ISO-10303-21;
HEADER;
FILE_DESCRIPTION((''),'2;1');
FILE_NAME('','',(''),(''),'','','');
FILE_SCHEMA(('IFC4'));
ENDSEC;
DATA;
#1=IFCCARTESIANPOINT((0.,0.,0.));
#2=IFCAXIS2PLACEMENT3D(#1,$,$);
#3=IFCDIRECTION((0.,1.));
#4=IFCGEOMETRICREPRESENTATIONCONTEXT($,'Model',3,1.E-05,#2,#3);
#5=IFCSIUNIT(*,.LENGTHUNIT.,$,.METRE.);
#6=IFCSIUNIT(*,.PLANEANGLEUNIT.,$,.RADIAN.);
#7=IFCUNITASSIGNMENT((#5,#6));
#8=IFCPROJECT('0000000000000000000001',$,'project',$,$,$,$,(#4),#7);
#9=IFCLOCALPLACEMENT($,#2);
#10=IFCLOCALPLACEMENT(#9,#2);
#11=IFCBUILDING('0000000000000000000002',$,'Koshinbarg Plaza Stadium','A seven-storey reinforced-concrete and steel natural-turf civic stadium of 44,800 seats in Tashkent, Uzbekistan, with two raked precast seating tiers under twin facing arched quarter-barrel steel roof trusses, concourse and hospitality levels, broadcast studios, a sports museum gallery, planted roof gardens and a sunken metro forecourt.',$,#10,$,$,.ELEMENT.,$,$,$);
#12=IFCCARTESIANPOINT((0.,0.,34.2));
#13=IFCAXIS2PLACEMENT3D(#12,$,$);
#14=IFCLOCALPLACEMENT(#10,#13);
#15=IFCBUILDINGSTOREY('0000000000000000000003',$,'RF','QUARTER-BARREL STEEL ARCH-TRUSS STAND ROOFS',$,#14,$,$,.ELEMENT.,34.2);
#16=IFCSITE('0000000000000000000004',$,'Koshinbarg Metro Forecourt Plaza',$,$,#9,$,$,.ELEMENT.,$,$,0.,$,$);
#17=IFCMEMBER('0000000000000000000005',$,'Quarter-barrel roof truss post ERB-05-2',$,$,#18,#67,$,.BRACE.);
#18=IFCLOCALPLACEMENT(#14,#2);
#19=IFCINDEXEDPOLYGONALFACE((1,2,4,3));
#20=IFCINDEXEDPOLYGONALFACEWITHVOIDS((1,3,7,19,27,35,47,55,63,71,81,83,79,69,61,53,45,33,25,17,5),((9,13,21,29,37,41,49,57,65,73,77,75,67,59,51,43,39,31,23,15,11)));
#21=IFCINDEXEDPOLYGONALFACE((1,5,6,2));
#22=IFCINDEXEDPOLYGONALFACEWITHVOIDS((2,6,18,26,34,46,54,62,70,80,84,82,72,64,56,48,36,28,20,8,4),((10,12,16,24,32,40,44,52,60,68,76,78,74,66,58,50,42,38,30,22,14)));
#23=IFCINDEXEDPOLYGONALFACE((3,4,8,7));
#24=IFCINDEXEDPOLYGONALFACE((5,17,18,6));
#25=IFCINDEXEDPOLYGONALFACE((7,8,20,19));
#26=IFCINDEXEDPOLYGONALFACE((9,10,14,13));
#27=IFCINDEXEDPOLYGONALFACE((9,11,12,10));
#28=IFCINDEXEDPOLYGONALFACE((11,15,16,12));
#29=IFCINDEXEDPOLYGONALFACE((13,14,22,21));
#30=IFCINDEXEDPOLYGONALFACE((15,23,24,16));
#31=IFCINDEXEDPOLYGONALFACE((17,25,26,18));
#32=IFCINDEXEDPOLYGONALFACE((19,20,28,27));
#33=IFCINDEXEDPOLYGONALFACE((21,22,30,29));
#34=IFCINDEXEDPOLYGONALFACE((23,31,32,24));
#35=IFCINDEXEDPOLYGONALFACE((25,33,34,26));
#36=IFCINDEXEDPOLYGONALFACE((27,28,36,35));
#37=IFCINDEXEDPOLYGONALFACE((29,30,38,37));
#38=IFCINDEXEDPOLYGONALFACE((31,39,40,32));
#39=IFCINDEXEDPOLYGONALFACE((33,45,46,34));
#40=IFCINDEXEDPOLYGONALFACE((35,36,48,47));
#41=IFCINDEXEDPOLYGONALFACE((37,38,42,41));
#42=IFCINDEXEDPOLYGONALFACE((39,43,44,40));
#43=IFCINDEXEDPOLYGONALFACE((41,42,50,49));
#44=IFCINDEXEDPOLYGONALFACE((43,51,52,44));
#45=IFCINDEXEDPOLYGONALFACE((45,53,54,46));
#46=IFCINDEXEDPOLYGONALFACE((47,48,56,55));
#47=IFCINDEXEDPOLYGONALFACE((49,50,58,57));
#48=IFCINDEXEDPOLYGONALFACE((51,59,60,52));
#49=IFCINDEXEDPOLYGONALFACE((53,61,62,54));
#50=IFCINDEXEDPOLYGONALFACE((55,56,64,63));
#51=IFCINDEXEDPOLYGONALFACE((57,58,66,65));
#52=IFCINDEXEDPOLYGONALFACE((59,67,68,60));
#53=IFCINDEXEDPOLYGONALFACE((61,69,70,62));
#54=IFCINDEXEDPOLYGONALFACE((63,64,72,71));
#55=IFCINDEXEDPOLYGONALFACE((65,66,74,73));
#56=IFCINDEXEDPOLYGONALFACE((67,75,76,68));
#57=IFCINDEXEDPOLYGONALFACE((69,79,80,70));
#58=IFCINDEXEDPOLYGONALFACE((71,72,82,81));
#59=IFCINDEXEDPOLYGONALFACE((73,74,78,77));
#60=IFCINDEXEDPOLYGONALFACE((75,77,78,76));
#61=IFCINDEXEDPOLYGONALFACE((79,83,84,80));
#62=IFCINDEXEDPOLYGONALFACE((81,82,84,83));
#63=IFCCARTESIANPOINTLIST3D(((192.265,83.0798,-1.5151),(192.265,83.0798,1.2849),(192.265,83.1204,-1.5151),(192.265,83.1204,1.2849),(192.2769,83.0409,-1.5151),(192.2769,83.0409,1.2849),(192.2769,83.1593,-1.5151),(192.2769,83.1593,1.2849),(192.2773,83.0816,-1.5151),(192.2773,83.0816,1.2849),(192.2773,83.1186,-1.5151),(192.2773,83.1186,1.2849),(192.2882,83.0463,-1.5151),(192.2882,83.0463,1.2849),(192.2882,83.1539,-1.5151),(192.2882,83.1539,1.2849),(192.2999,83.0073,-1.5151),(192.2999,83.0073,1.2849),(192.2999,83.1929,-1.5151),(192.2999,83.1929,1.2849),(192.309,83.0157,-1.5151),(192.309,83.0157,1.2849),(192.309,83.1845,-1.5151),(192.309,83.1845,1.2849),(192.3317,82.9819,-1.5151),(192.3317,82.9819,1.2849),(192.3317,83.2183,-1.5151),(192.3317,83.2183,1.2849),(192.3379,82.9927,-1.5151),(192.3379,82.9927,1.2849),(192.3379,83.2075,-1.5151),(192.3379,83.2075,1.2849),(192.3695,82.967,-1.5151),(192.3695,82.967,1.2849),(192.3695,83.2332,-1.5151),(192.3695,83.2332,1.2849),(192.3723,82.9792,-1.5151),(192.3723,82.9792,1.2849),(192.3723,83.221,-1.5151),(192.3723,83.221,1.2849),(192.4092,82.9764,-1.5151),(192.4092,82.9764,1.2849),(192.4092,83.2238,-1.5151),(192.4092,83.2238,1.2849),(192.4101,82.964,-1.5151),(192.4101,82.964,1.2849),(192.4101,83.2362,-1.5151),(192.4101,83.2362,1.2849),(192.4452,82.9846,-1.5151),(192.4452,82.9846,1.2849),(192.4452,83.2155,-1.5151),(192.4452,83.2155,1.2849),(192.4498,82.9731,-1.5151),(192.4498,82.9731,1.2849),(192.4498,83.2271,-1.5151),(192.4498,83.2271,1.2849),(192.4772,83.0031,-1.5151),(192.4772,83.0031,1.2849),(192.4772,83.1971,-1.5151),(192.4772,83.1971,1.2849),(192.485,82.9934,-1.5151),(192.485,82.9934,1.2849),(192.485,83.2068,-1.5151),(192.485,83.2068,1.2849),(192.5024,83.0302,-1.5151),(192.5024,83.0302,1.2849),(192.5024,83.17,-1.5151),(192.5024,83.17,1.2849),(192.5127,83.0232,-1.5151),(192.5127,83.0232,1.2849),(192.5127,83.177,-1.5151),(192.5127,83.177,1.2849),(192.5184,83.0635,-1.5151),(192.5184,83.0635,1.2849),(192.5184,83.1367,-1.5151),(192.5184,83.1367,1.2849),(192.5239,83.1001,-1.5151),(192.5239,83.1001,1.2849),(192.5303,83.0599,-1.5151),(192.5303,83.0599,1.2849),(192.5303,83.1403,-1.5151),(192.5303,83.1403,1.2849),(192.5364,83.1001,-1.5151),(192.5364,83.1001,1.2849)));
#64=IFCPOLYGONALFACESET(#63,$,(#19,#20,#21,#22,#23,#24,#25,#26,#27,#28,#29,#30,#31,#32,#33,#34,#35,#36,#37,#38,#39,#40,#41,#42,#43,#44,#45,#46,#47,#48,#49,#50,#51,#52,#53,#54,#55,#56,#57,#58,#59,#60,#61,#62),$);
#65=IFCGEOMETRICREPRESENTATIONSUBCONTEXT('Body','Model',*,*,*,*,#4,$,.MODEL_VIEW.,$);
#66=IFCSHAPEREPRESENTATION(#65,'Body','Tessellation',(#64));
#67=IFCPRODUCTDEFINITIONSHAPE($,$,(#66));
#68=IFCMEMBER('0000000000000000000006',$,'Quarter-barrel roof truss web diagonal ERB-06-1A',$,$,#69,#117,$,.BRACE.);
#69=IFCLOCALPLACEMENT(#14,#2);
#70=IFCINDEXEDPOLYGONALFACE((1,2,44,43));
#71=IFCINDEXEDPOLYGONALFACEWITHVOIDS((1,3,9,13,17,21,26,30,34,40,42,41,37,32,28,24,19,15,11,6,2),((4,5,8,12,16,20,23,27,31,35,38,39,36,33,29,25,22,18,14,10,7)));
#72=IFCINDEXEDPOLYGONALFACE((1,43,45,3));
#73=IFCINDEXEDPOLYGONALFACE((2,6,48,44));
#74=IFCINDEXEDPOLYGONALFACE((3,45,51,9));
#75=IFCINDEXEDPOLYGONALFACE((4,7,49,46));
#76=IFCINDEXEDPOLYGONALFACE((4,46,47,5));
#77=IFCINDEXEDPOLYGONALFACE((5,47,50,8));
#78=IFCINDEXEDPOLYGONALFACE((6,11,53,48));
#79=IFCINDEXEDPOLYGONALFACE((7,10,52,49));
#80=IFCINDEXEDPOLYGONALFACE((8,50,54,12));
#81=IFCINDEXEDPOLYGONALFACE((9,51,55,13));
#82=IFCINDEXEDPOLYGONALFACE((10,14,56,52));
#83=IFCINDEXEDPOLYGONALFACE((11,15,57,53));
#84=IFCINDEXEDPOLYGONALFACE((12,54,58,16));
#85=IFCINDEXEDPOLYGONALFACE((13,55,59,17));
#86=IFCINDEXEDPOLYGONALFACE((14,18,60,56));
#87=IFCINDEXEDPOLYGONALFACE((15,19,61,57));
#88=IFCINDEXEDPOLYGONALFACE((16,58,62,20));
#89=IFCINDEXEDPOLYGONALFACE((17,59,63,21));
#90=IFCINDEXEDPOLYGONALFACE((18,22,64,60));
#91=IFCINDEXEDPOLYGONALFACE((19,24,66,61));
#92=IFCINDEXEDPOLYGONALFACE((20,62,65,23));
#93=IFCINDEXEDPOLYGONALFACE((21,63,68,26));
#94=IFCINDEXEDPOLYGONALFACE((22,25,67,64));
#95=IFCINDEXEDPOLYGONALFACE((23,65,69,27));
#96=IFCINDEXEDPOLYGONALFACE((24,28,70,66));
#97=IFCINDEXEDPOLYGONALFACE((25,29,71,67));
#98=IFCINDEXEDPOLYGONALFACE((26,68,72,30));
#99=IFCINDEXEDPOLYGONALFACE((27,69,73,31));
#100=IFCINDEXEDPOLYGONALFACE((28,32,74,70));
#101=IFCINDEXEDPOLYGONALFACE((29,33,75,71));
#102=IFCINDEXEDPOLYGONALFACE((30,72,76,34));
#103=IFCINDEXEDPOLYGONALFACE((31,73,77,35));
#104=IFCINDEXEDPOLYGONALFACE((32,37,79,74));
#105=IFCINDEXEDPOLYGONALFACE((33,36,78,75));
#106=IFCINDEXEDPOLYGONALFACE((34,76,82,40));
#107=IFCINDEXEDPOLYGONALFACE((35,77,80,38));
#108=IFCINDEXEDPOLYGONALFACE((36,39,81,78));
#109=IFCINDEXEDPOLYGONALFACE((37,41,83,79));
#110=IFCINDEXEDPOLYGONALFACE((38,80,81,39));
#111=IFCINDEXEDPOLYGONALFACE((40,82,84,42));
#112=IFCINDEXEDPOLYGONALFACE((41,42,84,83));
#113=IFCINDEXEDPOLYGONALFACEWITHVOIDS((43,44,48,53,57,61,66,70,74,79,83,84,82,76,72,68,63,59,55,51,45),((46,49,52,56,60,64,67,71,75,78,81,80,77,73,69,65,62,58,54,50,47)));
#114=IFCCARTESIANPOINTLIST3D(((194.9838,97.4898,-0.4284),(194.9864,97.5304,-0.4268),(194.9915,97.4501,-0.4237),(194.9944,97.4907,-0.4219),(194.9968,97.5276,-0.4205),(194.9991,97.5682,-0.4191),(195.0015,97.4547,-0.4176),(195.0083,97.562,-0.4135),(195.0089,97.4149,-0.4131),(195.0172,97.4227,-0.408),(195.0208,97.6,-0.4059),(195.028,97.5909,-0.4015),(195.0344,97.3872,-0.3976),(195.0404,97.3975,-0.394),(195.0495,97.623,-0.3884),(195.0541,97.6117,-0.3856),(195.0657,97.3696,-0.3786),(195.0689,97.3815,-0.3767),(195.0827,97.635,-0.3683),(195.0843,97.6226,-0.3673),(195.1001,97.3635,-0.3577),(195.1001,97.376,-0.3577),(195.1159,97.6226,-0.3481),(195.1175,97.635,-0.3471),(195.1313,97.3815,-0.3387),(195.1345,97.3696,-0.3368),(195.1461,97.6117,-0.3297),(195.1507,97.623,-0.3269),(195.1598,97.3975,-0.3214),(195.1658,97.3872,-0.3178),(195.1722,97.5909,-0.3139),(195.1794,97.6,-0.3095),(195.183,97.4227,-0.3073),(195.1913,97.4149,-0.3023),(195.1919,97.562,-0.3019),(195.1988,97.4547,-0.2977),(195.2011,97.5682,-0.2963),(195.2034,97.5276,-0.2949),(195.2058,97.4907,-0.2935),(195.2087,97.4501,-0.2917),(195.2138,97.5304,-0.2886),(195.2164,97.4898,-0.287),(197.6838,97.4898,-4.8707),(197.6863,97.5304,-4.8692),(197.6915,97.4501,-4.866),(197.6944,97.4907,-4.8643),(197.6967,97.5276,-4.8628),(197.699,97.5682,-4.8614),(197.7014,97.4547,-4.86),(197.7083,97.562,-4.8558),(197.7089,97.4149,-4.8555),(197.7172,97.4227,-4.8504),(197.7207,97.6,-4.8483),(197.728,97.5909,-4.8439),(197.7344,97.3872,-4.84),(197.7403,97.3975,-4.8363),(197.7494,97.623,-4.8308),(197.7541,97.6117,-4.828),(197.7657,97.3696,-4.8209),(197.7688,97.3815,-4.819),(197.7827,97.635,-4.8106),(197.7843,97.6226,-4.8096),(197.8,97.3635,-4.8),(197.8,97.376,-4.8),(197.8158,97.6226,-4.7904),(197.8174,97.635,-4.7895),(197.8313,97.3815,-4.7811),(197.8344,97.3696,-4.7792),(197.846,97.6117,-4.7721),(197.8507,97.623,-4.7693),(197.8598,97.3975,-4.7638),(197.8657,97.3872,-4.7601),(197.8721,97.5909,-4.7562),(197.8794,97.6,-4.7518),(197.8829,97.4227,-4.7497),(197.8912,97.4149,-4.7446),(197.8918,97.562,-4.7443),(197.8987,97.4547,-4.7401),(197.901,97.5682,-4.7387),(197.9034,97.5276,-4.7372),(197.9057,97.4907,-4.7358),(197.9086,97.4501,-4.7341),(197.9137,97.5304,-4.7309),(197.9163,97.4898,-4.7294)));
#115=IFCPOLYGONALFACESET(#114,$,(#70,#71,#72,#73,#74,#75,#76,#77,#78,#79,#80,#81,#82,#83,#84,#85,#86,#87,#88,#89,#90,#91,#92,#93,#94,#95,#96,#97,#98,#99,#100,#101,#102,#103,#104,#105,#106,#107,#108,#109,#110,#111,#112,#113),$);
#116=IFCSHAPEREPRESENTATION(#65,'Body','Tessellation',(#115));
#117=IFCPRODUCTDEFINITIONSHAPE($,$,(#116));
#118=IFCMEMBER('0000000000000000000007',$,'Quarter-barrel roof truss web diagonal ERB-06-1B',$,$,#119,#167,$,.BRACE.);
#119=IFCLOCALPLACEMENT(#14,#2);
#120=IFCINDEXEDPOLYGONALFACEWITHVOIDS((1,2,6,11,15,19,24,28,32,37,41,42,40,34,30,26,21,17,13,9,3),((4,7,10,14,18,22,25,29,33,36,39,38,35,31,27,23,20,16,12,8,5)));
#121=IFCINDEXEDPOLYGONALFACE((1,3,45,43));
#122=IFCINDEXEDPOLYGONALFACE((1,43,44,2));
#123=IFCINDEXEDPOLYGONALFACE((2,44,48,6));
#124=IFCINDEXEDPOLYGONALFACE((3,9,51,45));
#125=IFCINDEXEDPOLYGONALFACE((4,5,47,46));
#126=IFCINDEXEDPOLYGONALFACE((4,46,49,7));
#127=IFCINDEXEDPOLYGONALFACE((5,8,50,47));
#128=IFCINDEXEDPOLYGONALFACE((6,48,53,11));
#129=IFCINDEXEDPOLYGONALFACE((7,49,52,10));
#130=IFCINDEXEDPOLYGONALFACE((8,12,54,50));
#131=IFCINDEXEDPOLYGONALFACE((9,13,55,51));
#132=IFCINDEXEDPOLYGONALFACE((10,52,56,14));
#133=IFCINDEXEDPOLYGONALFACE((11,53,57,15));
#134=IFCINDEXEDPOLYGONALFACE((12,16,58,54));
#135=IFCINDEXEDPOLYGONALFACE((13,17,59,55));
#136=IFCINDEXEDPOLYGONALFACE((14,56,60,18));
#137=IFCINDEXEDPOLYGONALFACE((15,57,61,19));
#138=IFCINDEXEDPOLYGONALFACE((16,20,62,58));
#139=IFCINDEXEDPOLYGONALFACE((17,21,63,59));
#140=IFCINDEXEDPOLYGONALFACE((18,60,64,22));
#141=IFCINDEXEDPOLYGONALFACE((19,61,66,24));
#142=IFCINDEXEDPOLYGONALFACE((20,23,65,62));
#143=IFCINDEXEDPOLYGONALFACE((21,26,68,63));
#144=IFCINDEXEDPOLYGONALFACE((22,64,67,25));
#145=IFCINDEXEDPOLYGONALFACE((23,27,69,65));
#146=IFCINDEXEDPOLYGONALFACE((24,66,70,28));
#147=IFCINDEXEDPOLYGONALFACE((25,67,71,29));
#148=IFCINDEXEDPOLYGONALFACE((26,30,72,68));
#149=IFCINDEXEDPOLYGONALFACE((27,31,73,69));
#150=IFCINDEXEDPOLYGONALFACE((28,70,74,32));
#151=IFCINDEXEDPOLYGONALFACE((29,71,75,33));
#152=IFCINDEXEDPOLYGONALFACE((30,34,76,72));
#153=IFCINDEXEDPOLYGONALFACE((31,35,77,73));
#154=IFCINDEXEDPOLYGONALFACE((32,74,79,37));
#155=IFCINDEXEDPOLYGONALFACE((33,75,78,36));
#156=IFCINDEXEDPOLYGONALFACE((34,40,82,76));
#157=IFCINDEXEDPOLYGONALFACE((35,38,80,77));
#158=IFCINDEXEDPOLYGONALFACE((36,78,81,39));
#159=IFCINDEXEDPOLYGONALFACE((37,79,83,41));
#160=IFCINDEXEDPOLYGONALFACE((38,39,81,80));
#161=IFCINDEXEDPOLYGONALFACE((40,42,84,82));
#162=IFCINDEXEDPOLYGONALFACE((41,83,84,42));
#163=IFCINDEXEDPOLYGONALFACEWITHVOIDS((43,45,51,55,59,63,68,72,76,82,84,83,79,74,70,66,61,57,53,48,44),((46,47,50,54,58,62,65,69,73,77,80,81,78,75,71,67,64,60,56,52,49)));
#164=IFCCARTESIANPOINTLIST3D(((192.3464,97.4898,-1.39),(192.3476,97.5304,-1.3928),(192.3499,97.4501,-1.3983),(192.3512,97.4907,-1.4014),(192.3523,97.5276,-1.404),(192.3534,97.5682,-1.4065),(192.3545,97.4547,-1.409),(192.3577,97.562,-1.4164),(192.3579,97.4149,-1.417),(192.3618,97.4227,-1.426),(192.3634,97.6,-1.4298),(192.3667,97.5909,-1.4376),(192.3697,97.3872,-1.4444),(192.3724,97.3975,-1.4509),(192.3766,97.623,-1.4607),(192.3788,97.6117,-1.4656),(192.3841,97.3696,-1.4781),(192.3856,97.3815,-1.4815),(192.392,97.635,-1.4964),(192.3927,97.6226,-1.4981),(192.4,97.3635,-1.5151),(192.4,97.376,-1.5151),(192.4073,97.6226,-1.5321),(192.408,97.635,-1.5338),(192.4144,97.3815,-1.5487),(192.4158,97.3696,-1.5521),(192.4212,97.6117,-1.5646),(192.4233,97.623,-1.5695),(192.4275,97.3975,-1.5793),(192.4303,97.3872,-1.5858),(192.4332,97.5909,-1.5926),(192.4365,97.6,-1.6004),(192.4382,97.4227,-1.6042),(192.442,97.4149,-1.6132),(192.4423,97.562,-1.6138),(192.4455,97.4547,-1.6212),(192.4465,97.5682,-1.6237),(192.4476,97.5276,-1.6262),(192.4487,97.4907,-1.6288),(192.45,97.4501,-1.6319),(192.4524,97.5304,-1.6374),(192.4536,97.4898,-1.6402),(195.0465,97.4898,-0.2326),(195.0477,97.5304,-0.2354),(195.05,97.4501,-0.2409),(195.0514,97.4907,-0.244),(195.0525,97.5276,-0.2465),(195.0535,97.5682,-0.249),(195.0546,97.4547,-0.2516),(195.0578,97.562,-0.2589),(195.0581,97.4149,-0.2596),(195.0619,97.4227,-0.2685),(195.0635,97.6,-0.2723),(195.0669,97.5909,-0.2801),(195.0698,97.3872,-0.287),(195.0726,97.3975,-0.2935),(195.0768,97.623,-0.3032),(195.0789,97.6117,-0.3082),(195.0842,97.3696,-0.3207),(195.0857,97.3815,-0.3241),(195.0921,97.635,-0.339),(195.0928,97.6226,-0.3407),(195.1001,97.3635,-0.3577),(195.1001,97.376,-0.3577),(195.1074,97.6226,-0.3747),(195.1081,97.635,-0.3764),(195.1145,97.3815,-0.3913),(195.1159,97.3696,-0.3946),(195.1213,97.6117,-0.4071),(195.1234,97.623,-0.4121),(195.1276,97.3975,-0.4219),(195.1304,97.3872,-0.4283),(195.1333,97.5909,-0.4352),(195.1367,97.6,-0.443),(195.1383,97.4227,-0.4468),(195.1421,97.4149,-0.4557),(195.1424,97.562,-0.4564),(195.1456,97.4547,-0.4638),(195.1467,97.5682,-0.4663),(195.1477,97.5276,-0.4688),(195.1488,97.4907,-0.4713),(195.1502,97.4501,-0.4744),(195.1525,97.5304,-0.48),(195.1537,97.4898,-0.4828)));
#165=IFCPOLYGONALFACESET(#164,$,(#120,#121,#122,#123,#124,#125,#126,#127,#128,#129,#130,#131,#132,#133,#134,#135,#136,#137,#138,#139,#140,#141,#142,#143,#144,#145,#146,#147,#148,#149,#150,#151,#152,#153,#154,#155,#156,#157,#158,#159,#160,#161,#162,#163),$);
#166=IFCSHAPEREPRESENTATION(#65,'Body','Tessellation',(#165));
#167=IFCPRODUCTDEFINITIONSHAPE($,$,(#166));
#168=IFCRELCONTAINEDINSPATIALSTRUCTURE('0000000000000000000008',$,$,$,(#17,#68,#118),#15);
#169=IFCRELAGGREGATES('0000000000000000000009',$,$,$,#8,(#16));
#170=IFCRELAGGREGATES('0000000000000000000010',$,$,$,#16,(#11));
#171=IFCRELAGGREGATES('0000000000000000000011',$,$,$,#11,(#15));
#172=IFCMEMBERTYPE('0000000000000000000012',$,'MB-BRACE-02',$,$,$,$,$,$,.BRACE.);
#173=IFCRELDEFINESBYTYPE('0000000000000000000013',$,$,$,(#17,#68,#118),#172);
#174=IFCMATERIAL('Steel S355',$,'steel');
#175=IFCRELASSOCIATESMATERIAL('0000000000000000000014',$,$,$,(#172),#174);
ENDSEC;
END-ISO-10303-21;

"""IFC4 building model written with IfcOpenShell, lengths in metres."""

from ifc_helpers import new_model, si_unit, direction, frame, origin, origin_2d, place, context, subcontext, project, spatial, hollow_circle, extrude, material, material_profile, profile_set, type_object, element, save


model = new_model("IFC4")

# Units and contexts
model_context = context("Model", 3, precision=1e-05, world=origin(), true_north=direction((0.0, 1.0)))
body_context = subcontext(model_context, "Body", "Model", "MODEL_VIEW")
ifc_project = project(units=[si_unit("LENGTHUNIT", "METRE"), si_unit("PLANEANGLEUNIT", "RADIAN")], contexts=[model_context])

# Site, building, storey
site_placement = place(None, origin())
site = spatial("IfcSite", under=ifc_project, at=site_placement, Name="Koshinbarg Metro Forecourt Plaza", CompositionType="ELEMENT", RefElevation=0.0)
building_placement = place(site_placement, origin())
building = spatial("IfcBuilding", under=site, at=building_placement, Name="Koshinbarg Plaza Stadium", Description="A seven-storey reinforced-concrete and steel natural-turf civic stadium of 44,800 seats in Tashkent, Uzbekistan, with two raked precast seating tiers under twin facing arched quarter-barrel steel roof trusses, concourse and hospitality levels, broadcast studios, a sports museum gallery, planted roof gardens and a sunken metro forecourt.", CompositionType="ELEMENT")
storey_placement = place(building_placement, frame((0.0, 0.0, 34.2)))
storey = spatial("IfcBuildingStorey", under=building, at=storey_placement, Name="RF", Description="QUARTER-BARREL STEEL ARCH-TRUSS STAND ROOFS", CompositionType="ELEMENT", Elevation=34.2)

# Members
ifc_material_1 = material(Name="Steel S355", Category="steel")
ifc_material_profile_1 = material_profile(ifc_material_1, hollow_circle(Radius=0.1365, WallThickness=0.0125, at=origin_2d()), Name="CHS 273x12.5")
ifc_profile_set_1 = profile_set([ifc_material_profile_1], Name="Steel S355")
member_type_1 = type_object("IfcMemberType", Name="MB-BRACE-02", PredefinedType="BRACE", material=ifc_profile_set_1)
for number, where, z_axis, x_axis, name in (
    (1, (192.3999, 83.1001, -1.5151), (0.0, 0.0, 1.0), (1.0, 0.0, 0.0), "Quarter-barrel roof truss post ERB-05-2"),
):
    element("IfcMember", number, at=place(storey_placement, frame(where, z_axis=z_axis, x_axis=x_axis)), inside=storey, type_object=member_type_1, Name=name, PredefinedType="BRACE", context=body_context, shape_type="SweptSolid", body=[
        extrude(hollow_circle(Radius=0.1365, WallThickness=0.0125, at=origin_2d()), origin(), (0.0, 0.0, 1.0), 2.8),
    ])
member_1_placement = place(storey_placement, frame((197.8, 97.5, -4.8), z_axis=(-0.51937, 0.0, 0.854549), x_axis=(0.0, -1.0, 0.0)))
element("IfcMember", 2, at=member_1_placement, inside=storey, type_object=member_type_1, Name="Quarter-barrel roof truss web diagonal ERB-06-1A", PredefinedType="BRACE", context=body_context, shape_type="SweptSolid", body=[
    extrude(hollow_circle(Radius=0.1365, WallThickness=0.0125, at=origin_2d()), origin(), (0.0, 0.0, 1.0), 5.1985),
])
member_2_placement = place(storey_placement, frame((195.1001, 97.5, -0.3577), z_axis=(-0.919115, 0.0, -0.39399), x_axis=(0.0, -1.0, 0.0)))
element("IfcMember", 3, at=member_2_placement, inside=storey, type_object=member_type_1, Name="Quarter-barrel roof truss web diagonal ERB-06-1B", PredefinedType="BRACE", context=body_context, shape_type="SweptSolid", body=[
    extrude(hollow_circle(Radius=0.1365, WallThickness=0.0125, at=origin_2d()), origin(), (0.0, 0.0, 1.0), 2.9377),
])

save(model, "model.ifc")
